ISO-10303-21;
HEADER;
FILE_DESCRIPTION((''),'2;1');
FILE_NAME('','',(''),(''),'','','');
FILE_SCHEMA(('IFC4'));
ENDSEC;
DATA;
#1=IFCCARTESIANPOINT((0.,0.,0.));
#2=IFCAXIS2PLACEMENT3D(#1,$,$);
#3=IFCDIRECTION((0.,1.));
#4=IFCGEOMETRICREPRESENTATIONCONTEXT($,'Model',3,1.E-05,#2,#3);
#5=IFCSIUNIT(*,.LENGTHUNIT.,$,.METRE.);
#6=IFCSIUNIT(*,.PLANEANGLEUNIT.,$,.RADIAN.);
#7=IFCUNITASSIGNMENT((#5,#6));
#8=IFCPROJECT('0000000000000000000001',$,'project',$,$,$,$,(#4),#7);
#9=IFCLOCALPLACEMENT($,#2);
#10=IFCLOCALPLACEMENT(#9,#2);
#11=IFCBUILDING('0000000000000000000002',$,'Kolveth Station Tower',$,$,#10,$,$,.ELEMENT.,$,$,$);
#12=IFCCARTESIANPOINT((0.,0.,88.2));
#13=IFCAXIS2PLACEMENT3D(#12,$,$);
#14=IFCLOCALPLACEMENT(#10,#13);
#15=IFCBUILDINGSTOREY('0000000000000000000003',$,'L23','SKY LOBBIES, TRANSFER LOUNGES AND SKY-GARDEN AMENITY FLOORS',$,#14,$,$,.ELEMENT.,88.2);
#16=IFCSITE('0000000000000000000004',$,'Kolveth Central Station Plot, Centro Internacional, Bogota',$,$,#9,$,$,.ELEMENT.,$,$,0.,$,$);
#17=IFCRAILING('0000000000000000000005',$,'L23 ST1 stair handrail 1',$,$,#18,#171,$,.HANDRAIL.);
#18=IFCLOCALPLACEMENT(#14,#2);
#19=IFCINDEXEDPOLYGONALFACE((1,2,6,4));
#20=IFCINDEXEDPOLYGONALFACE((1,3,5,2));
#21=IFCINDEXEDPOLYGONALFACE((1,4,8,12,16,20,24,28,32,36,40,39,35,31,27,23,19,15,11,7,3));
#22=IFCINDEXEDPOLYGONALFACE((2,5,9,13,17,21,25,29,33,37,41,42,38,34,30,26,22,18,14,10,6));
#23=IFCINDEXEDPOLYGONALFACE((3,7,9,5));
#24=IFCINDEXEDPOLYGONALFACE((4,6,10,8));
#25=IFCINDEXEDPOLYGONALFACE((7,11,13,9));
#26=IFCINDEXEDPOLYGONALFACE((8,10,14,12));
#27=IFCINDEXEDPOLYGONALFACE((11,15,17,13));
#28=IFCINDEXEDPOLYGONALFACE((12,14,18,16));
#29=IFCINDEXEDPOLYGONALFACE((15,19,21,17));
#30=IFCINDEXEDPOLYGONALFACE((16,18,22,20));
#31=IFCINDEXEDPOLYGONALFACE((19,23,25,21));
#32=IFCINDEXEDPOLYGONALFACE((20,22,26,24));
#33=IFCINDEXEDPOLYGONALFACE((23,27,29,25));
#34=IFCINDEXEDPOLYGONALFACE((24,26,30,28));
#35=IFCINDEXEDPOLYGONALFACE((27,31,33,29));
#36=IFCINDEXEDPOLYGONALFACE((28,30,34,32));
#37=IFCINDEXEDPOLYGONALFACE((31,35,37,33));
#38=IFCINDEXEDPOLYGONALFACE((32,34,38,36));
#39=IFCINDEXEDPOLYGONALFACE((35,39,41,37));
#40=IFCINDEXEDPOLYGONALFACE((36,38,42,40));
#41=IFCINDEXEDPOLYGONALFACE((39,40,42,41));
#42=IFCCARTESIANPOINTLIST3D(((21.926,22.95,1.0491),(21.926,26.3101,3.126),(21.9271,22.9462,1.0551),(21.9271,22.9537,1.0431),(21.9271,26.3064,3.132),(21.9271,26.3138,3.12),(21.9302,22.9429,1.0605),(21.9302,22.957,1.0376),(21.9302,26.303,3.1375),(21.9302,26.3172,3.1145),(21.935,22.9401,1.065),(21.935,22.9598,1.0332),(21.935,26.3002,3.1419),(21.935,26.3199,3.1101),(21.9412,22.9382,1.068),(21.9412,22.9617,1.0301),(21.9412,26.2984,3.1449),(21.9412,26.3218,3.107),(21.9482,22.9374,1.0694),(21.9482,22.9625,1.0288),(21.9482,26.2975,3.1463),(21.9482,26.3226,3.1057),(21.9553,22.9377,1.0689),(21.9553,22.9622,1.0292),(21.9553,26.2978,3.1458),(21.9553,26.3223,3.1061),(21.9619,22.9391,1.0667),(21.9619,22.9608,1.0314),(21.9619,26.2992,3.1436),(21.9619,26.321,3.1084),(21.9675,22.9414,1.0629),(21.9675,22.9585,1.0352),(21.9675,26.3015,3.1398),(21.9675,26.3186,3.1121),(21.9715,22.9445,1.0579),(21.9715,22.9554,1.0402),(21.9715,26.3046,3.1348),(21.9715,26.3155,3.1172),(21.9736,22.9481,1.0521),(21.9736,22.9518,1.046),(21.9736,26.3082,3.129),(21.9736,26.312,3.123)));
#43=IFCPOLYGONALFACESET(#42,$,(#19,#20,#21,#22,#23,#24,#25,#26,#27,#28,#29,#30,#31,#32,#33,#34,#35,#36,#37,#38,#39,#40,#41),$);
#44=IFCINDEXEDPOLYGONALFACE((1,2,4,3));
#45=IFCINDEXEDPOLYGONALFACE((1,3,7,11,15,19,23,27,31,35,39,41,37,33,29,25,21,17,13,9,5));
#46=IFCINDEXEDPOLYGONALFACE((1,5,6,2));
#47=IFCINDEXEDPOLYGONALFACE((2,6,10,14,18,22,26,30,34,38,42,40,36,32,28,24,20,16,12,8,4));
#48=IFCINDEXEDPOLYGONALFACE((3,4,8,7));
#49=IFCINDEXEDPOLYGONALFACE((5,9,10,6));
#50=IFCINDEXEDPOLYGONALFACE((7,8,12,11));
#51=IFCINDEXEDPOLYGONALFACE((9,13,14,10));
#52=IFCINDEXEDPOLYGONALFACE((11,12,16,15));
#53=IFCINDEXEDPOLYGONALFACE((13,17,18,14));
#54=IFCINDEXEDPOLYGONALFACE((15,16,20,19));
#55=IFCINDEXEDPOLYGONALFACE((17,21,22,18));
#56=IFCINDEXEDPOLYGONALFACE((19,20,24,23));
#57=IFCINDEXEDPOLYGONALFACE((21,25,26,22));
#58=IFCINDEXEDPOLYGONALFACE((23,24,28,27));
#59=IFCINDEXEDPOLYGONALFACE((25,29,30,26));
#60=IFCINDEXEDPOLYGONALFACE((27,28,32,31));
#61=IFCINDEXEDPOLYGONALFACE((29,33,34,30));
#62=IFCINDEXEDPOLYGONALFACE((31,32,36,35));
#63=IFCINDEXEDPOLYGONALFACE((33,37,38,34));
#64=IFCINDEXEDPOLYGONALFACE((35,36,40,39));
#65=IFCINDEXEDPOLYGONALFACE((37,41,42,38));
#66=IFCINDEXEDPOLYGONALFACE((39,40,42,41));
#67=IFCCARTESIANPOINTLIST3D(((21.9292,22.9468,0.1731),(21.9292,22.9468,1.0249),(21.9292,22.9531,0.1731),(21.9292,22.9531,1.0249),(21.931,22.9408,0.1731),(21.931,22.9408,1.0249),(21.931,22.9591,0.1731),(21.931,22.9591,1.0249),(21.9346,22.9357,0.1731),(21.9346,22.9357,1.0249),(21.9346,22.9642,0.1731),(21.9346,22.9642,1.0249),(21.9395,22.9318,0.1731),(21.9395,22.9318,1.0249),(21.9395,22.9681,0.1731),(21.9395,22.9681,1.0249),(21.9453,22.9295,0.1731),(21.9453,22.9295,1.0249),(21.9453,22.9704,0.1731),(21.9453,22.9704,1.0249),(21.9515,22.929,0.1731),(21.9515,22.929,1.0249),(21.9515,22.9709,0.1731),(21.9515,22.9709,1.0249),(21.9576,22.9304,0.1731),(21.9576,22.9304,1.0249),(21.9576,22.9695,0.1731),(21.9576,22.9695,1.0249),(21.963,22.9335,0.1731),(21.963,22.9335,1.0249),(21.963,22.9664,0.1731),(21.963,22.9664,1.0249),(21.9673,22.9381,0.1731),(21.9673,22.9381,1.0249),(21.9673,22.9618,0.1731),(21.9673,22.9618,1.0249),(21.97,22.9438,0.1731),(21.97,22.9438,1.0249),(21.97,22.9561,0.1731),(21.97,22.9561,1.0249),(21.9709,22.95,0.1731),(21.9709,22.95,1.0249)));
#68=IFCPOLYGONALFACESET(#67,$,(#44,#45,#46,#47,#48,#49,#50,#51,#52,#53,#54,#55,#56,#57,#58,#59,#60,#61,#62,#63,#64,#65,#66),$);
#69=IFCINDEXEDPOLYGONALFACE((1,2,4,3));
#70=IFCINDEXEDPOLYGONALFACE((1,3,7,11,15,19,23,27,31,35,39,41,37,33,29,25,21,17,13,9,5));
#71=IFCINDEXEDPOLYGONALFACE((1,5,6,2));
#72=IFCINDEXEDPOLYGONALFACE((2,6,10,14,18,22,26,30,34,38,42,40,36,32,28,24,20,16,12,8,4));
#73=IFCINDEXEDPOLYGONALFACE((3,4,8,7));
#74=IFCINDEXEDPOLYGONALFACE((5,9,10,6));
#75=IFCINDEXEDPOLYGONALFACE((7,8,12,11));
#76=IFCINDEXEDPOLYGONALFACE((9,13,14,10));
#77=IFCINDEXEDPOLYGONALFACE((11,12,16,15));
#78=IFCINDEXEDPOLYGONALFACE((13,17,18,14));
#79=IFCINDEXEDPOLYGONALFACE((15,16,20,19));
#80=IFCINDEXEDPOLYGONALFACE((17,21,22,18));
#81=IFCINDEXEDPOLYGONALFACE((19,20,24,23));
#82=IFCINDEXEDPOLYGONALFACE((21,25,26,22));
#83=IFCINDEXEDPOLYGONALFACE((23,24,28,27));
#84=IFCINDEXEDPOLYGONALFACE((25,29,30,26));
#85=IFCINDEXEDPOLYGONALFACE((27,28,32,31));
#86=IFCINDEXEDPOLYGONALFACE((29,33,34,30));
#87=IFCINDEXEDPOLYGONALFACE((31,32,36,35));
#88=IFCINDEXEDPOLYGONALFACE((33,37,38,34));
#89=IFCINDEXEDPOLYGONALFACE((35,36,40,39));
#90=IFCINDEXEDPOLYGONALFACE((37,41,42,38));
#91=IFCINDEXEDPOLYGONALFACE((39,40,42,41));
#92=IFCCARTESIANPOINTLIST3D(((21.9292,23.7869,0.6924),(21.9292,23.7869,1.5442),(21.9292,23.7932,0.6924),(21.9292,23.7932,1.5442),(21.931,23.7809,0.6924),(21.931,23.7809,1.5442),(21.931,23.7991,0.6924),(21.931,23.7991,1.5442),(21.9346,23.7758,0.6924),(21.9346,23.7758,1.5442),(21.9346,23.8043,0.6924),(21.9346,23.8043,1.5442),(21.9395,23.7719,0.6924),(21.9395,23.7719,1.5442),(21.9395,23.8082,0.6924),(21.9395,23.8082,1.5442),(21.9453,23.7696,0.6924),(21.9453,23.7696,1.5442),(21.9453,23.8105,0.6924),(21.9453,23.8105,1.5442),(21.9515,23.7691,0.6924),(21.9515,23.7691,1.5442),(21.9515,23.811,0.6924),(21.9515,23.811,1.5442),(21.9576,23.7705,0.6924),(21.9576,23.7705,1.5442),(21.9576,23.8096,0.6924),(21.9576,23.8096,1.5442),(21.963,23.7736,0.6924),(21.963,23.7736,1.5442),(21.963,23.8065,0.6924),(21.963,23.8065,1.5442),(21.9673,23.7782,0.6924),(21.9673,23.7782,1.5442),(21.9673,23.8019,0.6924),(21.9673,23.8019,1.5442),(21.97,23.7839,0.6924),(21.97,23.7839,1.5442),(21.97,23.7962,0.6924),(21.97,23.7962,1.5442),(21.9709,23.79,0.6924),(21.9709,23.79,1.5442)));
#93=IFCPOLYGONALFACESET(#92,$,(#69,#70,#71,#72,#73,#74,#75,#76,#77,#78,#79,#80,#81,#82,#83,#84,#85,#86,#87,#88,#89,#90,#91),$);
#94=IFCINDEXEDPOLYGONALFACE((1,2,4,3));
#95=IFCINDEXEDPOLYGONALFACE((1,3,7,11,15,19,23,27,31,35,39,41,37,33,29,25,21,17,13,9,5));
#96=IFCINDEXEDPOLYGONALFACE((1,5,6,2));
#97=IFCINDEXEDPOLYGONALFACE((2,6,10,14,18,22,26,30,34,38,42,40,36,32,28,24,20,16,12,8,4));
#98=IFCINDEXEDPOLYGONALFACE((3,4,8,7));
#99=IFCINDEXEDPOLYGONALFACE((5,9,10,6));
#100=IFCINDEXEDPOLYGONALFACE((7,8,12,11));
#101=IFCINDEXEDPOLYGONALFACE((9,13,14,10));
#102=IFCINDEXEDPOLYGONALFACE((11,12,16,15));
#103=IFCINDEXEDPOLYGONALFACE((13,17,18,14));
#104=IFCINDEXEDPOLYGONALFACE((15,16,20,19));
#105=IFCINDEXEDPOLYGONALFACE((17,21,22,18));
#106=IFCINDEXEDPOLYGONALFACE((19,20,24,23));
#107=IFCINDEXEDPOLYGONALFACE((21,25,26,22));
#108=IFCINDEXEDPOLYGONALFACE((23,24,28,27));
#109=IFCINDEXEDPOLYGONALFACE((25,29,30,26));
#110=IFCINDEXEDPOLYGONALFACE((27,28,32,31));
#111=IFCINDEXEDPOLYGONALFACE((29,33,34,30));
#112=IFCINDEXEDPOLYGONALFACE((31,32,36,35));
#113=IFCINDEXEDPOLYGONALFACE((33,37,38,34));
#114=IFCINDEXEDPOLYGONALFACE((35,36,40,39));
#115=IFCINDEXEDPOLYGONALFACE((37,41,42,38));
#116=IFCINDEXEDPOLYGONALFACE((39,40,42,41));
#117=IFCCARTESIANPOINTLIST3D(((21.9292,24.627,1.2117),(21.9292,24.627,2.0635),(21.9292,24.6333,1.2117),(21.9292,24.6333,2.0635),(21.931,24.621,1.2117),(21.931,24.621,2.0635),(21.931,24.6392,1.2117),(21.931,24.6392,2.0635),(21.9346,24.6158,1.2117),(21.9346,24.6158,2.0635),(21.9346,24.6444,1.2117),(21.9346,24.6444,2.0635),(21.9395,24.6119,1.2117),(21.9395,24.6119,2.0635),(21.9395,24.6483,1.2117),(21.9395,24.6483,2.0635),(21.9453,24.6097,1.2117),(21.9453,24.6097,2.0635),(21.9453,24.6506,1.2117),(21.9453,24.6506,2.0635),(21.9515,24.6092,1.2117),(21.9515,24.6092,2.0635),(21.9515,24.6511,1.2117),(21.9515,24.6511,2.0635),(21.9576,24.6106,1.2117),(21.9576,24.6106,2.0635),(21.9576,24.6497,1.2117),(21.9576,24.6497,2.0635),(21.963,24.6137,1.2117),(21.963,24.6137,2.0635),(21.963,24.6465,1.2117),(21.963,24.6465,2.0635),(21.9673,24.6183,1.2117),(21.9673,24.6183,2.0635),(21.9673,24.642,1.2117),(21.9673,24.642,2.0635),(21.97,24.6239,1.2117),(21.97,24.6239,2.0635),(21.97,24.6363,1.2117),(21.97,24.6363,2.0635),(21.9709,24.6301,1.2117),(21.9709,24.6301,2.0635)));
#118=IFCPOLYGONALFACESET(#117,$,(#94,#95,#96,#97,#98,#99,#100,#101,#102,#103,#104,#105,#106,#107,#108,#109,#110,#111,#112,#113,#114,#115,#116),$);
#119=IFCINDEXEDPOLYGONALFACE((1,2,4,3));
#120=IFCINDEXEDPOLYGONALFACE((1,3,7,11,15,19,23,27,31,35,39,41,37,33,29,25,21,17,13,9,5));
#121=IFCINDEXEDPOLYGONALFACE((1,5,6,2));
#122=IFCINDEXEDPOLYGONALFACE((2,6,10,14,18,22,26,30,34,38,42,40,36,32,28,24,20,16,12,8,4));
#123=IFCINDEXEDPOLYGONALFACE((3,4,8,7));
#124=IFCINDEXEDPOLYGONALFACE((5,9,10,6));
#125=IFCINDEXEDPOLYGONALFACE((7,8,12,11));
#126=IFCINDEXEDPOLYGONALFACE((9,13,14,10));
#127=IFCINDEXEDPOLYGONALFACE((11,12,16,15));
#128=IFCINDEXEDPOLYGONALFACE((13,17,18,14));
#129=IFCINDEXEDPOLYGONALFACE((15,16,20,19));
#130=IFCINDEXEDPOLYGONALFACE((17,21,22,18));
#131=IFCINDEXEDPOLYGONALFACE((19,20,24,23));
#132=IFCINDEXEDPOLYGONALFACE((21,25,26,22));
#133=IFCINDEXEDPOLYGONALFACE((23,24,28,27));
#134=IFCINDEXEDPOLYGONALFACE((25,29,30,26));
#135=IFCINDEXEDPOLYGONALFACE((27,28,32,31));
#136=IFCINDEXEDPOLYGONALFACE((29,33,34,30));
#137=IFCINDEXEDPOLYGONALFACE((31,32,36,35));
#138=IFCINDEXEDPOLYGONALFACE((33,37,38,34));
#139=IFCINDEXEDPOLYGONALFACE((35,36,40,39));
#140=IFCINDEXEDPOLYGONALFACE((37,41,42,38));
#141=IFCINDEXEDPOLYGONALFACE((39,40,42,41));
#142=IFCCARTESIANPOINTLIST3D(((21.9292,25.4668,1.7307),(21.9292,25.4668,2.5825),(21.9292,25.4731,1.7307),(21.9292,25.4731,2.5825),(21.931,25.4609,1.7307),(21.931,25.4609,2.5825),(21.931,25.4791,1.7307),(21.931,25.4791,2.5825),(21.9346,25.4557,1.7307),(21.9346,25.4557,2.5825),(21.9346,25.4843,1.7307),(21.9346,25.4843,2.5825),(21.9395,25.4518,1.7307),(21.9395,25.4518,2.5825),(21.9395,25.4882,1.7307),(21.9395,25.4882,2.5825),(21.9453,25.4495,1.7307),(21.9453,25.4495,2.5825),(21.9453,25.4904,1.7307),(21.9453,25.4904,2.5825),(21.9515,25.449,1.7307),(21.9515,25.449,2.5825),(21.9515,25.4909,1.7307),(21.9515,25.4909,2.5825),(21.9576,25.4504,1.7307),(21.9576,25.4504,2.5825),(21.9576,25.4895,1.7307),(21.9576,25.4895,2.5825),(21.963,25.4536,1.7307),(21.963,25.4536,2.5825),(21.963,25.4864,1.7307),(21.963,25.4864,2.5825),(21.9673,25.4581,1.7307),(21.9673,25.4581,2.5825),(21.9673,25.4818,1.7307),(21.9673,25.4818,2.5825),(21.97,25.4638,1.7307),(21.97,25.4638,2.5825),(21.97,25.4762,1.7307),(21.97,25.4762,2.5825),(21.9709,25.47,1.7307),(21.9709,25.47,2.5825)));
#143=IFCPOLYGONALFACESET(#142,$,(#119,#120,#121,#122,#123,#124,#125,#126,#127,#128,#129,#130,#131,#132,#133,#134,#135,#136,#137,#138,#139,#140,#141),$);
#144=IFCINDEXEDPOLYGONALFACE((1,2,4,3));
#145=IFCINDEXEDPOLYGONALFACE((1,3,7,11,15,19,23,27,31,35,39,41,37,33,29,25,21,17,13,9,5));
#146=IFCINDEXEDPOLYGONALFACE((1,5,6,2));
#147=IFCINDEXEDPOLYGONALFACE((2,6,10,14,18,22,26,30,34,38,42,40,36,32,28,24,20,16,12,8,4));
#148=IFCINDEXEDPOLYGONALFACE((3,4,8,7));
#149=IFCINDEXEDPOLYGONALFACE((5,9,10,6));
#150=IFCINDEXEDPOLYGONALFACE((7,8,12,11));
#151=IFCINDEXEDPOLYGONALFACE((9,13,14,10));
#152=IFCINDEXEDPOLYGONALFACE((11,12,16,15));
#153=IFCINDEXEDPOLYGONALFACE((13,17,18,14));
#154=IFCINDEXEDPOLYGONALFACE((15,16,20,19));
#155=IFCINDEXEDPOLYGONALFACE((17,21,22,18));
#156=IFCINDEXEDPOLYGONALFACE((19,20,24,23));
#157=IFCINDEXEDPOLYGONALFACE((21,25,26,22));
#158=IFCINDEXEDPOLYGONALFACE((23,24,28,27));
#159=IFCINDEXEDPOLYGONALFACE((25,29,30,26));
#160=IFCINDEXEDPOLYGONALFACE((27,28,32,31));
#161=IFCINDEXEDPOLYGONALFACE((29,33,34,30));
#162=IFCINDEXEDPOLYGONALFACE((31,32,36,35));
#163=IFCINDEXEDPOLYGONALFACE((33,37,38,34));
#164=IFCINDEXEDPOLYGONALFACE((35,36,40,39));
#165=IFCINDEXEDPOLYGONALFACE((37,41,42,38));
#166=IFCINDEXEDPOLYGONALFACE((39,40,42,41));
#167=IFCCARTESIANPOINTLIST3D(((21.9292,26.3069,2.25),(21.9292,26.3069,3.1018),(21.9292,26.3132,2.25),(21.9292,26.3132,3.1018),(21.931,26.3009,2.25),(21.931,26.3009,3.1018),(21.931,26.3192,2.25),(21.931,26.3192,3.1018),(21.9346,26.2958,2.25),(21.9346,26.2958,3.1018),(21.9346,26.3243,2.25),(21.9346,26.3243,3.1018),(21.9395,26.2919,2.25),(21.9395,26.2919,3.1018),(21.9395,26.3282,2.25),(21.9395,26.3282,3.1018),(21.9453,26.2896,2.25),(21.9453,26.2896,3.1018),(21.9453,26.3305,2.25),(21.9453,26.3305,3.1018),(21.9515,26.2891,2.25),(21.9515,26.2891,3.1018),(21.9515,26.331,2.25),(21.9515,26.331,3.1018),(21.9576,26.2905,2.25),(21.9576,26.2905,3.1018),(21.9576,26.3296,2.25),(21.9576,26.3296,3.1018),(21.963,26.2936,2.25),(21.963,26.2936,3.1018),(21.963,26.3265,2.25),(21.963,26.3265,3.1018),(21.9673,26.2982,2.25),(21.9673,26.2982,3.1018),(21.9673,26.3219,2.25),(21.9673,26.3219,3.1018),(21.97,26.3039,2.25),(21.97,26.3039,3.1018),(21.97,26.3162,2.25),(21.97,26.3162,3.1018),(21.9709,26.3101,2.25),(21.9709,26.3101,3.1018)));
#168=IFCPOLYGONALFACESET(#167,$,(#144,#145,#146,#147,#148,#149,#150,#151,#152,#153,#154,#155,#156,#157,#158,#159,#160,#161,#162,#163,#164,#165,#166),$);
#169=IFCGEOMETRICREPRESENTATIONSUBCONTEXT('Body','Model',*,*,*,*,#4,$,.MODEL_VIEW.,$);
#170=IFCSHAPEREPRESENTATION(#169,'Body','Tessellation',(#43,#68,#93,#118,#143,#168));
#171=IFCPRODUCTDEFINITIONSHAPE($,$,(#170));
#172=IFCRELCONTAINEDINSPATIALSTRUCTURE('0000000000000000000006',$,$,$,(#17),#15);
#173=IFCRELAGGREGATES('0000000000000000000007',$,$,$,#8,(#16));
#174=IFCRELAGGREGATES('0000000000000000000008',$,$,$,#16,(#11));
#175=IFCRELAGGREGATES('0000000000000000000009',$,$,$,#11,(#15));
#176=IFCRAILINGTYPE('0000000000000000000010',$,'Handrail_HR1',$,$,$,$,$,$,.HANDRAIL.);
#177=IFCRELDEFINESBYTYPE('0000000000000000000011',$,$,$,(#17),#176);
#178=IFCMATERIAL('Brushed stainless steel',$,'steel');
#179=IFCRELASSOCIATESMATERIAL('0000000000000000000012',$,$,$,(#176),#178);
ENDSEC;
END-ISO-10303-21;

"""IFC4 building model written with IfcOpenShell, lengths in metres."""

from ifc_helpers import new_model, si_unit, direction, frame, origin, origin_2d, place, context, subcontext, project, spatial, circle, extrude, material, type_object, element, save


model = new_model("IFC4")

# Units and contexts
model_context = context("Model", 3, precision=1e-05, world=origin(), true_north=direction((0.0, 1.0)))
body_context = subcontext(model_context, "Body", "Model", "MODEL_VIEW")
ifc_project = project(units=[si_unit("LENGTHUNIT", "METRE"), si_unit("PLANEANGLEUNIT", "RADIAN")], contexts=[model_context])

# Site, building, storey
site_placement = place(None, origin())
site = spatial("IfcSite", under=ifc_project, at=site_placement, Name="Kolveth Central Station Plot, Centro Internacional, Bogota", CompositionType="ELEMENT", RefElevation=0.0)
building_placement = place(site_placement, origin())
building = spatial("IfcBuilding", under=site, at=building_placement, Name="Kolveth Station Tower", CompositionType="ELEMENT")
storey_placement = place(building_placement, frame((0.0, 0.0, 88.2)))
storey = spatial("IfcBuildingStorey", under=building, at=storey_placement, Name="L23", Description="SKY LOBBIES, TRANSFER LOUNGES AND SKY-GARDEN AMENITY FLOORS", CompositionType="ELEMENT", Elevation=88.2)

# Railing
ifc_material_1 = material(Name="Brushed stainless steel", Category="steel")
railing_type_1 = type_object("IfcRailingType", Name="Handrail_HR1", PredefinedType="HANDRAIL", material=ifc_material_1)
for number, where, name in (
    (1, (21.95, 22.95, 0.1731), "L23 ST1 stair handrail 1"),
):
    element("IfcRailing", number, at=place(storey_placement, frame(where)), inside=storey, type_object=railing_type_1, Name=name, PredefinedType="HANDRAIL", context=body_context, shape_type="SweptSolid", body=[
        extrude(circle(Radius=0.0239, at=origin_2d()), frame((0.0, 0.0, 0.876), z_axis=(0.0, 0.850623, 0.525776), x_axis=(-1.0, 0.0, 0.0)), (0.0, 0.0, 1.0), 3.9502),
        extrude(circle(Radius=0.021, at=origin_2d()), origin(), (0.0, 0.0, 1.0), 0.8518),
        extrude(circle(Radius=0.021, at=origin_2d()), frame((0.0, 0.8401, 0.5193)), (0.0, 0.0, 1.0), 0.8518),
        extrude(circle(Radius=0.021, at=origin_2d()), frame((0.0, 1.6802, 1.0386)), (0.0, 0.0, 1.0), 0.8518),
        extrude(circle(Radius=0.021, at=origin_2d()), frame((0.0, 2.52, 1.5576)), (0.0, 0.0, 1.0), 0.8518),
        extrude(circle(Radius=0.021, at=origin_2d()), frame((0.0, 3.3601, 2.0769)), (0.0, 0.0, 1.0), 0.8518),
    ])

save(model, "model.ifc")
